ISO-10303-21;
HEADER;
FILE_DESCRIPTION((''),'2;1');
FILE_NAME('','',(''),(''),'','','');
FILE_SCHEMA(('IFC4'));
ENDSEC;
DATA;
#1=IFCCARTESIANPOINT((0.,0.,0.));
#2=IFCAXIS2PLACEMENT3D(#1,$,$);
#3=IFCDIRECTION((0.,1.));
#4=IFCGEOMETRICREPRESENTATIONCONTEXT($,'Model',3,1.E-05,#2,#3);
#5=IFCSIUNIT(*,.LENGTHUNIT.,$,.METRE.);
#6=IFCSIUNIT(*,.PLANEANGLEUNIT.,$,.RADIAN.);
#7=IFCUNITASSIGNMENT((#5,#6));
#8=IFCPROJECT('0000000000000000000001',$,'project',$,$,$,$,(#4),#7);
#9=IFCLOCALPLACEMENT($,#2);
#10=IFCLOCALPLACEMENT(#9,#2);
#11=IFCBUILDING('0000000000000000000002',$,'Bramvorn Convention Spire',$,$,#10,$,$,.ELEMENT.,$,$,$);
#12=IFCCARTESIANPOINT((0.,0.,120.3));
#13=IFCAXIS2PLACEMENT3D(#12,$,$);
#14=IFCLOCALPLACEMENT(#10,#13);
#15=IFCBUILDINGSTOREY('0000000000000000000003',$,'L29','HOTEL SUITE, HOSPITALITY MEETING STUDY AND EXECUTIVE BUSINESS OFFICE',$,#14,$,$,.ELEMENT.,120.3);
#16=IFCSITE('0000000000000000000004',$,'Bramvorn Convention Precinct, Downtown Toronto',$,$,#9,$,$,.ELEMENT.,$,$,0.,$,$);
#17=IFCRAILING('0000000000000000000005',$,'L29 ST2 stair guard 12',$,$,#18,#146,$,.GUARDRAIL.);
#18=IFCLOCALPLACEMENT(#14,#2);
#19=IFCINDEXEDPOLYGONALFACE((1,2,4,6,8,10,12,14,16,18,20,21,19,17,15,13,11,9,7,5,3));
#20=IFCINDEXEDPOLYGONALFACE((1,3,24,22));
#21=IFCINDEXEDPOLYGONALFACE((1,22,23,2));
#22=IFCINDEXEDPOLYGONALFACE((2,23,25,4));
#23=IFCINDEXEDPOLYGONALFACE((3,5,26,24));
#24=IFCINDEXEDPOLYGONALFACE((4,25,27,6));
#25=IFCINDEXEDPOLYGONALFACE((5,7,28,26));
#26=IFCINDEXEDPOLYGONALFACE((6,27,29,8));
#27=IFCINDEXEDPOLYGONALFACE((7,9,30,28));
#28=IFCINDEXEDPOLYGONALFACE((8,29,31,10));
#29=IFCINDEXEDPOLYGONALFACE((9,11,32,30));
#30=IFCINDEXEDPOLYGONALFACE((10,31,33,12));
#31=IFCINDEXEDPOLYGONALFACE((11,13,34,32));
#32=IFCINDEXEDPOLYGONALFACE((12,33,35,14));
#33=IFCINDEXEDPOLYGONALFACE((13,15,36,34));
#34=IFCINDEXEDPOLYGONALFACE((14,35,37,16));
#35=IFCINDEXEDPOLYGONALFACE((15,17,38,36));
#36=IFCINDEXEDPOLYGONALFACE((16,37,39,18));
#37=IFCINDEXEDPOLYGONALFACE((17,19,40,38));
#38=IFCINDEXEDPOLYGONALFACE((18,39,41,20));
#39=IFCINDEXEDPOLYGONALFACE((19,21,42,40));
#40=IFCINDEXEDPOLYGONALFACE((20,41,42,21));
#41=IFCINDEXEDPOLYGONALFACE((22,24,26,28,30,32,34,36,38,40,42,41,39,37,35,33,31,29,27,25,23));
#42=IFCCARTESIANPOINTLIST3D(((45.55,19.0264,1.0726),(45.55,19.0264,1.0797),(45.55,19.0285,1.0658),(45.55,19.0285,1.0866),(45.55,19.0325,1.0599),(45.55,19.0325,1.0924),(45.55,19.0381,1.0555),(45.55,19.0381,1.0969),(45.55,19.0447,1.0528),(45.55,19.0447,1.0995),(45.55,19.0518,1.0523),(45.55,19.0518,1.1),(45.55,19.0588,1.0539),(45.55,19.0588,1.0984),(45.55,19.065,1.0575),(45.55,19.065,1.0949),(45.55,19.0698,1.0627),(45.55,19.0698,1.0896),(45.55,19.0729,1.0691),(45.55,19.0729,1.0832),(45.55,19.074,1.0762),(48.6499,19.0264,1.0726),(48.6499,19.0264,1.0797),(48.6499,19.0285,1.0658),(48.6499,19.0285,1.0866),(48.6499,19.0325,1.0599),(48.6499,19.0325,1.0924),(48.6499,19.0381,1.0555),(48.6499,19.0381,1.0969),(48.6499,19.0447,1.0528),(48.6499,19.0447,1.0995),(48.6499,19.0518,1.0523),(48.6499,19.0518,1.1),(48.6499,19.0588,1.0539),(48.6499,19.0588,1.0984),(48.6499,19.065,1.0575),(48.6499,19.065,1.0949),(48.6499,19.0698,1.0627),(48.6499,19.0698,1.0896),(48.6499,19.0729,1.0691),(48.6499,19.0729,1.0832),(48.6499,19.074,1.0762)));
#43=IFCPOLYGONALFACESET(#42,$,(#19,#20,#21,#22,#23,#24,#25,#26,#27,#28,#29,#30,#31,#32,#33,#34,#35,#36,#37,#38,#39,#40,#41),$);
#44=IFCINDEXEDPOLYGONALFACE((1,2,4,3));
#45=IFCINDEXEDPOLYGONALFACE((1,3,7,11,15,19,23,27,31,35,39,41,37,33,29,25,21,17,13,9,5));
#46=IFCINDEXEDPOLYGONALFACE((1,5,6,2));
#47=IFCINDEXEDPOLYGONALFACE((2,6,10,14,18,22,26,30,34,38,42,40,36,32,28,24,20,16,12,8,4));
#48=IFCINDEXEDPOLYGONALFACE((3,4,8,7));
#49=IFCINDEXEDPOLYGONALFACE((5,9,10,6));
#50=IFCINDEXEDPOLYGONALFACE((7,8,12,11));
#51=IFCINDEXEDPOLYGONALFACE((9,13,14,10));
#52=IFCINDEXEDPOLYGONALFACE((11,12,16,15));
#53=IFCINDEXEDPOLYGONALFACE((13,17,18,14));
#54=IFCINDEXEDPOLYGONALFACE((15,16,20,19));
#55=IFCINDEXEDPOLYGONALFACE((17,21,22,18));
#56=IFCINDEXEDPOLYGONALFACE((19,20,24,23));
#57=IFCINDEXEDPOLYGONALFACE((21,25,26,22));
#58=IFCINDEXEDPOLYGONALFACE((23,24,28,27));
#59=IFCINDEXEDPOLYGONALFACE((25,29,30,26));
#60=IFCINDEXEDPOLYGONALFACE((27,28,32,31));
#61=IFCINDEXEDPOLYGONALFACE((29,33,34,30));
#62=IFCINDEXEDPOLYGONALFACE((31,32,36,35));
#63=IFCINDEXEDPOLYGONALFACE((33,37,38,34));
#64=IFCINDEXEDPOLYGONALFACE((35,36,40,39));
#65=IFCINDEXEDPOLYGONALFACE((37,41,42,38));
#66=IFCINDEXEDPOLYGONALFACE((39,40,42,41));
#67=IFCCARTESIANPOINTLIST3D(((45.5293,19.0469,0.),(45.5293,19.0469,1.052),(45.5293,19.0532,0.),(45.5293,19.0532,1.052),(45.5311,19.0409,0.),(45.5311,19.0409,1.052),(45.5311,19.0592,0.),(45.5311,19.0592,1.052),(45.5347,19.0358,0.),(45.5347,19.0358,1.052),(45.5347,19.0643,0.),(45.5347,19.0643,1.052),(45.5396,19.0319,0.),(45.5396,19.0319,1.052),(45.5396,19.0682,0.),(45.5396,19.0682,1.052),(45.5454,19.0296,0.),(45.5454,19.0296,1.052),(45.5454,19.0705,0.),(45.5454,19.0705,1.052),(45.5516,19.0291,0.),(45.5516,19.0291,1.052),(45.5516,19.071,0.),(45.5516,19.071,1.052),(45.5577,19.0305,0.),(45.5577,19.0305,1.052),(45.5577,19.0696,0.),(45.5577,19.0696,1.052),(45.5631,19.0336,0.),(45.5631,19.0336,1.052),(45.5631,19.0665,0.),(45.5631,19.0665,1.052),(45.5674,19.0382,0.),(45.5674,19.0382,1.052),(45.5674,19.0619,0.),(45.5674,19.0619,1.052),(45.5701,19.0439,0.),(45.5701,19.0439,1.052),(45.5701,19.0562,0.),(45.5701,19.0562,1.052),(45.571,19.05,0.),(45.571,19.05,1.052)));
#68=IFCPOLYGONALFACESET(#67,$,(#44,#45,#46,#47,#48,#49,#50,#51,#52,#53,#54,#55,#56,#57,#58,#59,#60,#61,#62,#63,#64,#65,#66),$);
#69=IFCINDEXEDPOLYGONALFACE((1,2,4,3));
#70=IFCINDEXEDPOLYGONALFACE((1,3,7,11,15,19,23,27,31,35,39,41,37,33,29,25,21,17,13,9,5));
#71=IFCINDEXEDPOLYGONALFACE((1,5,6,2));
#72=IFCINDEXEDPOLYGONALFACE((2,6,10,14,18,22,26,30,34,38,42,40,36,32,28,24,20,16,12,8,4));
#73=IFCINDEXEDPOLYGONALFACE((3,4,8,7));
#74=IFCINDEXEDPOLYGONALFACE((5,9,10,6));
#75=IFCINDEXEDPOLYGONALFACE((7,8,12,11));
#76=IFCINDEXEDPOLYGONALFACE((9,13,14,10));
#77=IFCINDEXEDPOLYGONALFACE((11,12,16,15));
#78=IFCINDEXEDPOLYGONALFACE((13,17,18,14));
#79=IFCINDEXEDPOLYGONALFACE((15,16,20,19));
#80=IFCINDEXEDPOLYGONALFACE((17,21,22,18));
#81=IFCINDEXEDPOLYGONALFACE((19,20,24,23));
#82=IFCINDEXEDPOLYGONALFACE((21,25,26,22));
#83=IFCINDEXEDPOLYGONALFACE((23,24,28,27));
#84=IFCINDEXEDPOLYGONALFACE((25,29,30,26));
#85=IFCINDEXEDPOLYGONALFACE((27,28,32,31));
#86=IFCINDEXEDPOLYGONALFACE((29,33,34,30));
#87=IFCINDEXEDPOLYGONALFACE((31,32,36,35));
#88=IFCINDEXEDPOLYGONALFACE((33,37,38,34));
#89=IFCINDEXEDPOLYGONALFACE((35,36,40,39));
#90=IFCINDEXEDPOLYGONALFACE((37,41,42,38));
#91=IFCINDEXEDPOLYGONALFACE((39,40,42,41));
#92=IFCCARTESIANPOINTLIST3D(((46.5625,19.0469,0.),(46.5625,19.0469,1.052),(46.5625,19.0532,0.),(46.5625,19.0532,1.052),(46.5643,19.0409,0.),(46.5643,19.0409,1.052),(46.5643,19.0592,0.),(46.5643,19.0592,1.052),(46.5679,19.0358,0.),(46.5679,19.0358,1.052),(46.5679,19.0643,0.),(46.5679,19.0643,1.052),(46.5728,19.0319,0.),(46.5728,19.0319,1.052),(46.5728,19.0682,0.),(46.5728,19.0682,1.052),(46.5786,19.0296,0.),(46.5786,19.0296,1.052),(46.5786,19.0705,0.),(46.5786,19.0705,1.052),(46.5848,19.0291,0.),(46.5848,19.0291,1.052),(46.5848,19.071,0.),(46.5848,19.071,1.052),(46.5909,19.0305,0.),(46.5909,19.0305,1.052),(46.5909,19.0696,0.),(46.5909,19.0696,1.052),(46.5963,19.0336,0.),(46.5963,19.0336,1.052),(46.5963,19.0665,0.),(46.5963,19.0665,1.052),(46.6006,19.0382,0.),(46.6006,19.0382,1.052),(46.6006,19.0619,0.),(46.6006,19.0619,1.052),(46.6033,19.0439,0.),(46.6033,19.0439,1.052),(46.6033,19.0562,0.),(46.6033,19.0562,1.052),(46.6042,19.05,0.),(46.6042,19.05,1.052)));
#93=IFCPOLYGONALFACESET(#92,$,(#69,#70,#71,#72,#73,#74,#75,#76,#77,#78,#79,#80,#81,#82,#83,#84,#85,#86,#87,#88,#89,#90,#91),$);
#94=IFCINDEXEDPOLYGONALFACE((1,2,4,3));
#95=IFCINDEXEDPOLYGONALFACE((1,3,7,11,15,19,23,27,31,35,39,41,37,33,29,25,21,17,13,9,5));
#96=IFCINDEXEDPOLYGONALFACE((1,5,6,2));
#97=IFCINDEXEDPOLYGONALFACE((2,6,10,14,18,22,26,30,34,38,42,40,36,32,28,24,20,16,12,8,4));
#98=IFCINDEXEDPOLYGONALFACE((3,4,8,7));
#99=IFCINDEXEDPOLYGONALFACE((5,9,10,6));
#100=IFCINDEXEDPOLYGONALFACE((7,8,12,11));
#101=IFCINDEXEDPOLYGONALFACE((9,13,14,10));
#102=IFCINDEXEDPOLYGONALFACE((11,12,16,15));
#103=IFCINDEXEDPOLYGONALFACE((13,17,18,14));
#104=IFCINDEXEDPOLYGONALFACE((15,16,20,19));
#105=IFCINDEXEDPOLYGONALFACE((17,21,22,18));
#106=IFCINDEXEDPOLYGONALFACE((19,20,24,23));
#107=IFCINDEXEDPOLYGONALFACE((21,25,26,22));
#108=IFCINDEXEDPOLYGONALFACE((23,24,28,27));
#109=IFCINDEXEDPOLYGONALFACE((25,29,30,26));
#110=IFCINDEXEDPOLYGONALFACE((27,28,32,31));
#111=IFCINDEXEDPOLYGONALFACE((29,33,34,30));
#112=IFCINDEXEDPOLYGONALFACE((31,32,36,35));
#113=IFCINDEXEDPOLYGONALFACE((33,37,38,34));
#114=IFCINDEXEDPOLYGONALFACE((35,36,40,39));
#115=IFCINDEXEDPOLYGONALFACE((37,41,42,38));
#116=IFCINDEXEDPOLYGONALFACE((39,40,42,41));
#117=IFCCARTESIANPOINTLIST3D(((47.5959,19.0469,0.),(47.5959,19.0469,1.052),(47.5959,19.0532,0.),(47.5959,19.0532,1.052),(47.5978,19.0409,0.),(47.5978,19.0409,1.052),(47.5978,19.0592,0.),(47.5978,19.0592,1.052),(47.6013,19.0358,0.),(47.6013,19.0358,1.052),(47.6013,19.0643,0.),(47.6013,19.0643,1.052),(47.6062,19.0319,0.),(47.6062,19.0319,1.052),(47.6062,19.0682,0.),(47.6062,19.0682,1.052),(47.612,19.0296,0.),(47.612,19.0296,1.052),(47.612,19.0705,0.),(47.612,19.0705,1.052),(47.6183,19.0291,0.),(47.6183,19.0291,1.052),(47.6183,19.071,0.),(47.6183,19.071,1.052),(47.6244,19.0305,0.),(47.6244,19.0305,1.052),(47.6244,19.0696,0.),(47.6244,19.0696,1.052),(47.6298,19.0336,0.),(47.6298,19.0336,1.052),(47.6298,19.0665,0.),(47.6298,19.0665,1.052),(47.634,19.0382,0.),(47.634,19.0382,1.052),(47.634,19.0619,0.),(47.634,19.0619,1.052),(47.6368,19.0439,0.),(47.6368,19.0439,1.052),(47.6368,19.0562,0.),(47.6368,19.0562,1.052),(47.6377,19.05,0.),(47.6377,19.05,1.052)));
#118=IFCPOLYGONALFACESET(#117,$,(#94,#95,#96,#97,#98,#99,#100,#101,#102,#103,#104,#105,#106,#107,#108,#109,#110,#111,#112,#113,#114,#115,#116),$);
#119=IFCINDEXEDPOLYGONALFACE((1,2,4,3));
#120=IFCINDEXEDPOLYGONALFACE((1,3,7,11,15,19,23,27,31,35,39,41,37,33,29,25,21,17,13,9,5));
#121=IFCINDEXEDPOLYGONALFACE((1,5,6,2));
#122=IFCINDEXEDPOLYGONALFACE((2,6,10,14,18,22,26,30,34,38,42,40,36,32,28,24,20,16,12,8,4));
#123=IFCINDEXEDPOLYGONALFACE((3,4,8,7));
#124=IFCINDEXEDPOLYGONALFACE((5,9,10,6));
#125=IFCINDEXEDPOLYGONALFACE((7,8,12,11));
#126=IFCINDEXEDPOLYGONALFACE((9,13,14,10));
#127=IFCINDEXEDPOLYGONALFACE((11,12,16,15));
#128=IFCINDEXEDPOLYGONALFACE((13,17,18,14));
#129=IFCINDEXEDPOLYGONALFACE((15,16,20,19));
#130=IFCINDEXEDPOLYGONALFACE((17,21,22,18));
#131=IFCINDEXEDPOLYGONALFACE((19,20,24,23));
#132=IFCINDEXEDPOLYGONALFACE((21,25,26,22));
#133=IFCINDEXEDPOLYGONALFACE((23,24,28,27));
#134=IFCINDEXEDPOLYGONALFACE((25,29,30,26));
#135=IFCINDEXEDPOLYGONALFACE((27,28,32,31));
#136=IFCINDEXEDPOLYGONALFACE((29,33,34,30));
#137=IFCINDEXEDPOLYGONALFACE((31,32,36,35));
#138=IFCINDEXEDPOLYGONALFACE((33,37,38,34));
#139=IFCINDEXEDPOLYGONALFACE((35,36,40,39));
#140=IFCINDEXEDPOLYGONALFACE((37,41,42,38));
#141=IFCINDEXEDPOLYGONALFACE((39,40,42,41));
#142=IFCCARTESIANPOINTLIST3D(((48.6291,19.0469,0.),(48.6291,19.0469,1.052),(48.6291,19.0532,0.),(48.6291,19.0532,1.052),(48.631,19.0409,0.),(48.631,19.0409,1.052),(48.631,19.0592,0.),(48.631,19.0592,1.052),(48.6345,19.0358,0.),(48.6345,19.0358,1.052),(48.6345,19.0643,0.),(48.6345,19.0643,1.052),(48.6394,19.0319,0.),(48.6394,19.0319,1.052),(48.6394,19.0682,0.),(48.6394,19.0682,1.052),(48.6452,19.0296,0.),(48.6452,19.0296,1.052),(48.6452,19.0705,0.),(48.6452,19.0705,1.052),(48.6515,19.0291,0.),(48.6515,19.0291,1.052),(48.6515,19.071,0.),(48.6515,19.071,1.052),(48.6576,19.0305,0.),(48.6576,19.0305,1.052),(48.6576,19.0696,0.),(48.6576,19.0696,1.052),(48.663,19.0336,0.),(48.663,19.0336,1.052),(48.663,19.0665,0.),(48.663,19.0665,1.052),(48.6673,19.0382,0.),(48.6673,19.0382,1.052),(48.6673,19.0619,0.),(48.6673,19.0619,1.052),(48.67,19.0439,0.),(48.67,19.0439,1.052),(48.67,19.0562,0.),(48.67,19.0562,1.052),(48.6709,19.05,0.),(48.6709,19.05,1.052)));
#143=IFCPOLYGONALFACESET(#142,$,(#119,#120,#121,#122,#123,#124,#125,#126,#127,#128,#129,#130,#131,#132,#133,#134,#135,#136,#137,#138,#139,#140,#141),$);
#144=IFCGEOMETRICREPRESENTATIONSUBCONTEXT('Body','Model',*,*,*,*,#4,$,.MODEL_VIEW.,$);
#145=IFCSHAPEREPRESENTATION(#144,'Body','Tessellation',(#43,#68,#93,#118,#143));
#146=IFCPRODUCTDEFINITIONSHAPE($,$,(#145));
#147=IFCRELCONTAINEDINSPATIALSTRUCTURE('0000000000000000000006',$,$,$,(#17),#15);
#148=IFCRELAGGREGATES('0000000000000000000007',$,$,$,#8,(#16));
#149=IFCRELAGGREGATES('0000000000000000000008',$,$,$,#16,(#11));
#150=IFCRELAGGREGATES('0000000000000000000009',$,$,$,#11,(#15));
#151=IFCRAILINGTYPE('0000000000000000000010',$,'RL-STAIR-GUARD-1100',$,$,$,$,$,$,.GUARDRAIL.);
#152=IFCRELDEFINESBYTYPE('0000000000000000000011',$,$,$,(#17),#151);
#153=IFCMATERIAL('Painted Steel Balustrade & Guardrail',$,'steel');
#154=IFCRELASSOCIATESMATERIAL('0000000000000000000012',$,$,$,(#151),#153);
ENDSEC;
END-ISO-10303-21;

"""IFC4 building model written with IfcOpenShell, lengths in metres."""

from ifc_helpers import new_model, si_unit, direction, frame, origin, origin_2d, place, context, subcontext, project, spatial, circle, extrude, material, type_object, element, save


model = new_model("IFC4")

# Units and contexts
model_context = context("Model", 3, precision=1e-05, world=origin(), true_north=direction((0.0, 1.0)))
body_context = subcontext(model_context, "Body", "Model", "MODEL_VIEW")
ifc_project = project(units=[si_unit("LENGTHUNIT", "METRE"), si_unit("PLANEANGLEUNIT", "RADIAN")], contexts=[model_context])

# Site, building, storey
site_placement = place(None, origin())
site = spatial("IfcSite", under=ifc_project, at=site_placement, Name="Bramvorn Convention Precinct, Downtown Toronto", CompositionType="ELEMENT", RefElevation=0.0)
building_placement = place(site_placement, origin())
building = spatial("IfcBuilding", under=site, at=building_placement, Name="Bramvorn Convention Spire", CompositionType="ELEMENT")
storey_placement = place(building_placement, frame((0.0, 0.0, 120.3)))
storey = spatial("IfcBuildingStorey", under=building, at=storey_placement, Name="L29", Description="HOTEL SUITE, HOSPITALITY MEETING STUDY AND EXECUTIVE BUSINESS OFFICE", CompositionType="ELEMENT", Elevation=120.3)

# Railing
ifc_material_1 = material(Name="Painted Steel Balustrade & Guardrail", Category="steel")
railing_type = type_object("IfcRailingType", Name="RL-STAIR-GUARD-1100", PredefinedType="GUARDRAIL", material=ifc_material_1)
railing_1_placement = place(storey_placement, frame((45.55, 19.05, 0.0)))
element("IfcRailing", 1, at=railing_1_placement, inside=storey, type_object=railing_type, Name="L29 ST2 stair guard 12", PredefinedType="GUARDRAIL", context=body_context, shape_type="SweptSolid", body=[
    extrude(circle(Radius=0.0239, at=origin_2d()), frame((0.0, 0.0, 1.0762), z_axis=(1.0, 0.0, 0.0), x_axis=(0.0, 1.0, 0.0)), (0.0, 0.0, 1.0), 3.0999),
    extrude(circle(Radius=0.021, at=origin_2d()), origin(), (0.0, 0.0, 1.0), 1.052),
    extrude(circle(Radius=0.021, at=origin_2d()), frame((1.0332, 0.0, 0.0)), (0.0, 0.0, 1.0), 1.052),
    extrude(circle(Radius=0.021, at=origin_2d()), frame((2.0667, 0.0, 0.0)), (0.0, 0.0, 1.0), 1.052),
    extrude(circle(Radius=0.021, at=origin_2d()), frame((3.0999, 0.0, 0.0)), (0.0, 0.0, 1.0), 1.052),
])

save(model, "model.ifc")
